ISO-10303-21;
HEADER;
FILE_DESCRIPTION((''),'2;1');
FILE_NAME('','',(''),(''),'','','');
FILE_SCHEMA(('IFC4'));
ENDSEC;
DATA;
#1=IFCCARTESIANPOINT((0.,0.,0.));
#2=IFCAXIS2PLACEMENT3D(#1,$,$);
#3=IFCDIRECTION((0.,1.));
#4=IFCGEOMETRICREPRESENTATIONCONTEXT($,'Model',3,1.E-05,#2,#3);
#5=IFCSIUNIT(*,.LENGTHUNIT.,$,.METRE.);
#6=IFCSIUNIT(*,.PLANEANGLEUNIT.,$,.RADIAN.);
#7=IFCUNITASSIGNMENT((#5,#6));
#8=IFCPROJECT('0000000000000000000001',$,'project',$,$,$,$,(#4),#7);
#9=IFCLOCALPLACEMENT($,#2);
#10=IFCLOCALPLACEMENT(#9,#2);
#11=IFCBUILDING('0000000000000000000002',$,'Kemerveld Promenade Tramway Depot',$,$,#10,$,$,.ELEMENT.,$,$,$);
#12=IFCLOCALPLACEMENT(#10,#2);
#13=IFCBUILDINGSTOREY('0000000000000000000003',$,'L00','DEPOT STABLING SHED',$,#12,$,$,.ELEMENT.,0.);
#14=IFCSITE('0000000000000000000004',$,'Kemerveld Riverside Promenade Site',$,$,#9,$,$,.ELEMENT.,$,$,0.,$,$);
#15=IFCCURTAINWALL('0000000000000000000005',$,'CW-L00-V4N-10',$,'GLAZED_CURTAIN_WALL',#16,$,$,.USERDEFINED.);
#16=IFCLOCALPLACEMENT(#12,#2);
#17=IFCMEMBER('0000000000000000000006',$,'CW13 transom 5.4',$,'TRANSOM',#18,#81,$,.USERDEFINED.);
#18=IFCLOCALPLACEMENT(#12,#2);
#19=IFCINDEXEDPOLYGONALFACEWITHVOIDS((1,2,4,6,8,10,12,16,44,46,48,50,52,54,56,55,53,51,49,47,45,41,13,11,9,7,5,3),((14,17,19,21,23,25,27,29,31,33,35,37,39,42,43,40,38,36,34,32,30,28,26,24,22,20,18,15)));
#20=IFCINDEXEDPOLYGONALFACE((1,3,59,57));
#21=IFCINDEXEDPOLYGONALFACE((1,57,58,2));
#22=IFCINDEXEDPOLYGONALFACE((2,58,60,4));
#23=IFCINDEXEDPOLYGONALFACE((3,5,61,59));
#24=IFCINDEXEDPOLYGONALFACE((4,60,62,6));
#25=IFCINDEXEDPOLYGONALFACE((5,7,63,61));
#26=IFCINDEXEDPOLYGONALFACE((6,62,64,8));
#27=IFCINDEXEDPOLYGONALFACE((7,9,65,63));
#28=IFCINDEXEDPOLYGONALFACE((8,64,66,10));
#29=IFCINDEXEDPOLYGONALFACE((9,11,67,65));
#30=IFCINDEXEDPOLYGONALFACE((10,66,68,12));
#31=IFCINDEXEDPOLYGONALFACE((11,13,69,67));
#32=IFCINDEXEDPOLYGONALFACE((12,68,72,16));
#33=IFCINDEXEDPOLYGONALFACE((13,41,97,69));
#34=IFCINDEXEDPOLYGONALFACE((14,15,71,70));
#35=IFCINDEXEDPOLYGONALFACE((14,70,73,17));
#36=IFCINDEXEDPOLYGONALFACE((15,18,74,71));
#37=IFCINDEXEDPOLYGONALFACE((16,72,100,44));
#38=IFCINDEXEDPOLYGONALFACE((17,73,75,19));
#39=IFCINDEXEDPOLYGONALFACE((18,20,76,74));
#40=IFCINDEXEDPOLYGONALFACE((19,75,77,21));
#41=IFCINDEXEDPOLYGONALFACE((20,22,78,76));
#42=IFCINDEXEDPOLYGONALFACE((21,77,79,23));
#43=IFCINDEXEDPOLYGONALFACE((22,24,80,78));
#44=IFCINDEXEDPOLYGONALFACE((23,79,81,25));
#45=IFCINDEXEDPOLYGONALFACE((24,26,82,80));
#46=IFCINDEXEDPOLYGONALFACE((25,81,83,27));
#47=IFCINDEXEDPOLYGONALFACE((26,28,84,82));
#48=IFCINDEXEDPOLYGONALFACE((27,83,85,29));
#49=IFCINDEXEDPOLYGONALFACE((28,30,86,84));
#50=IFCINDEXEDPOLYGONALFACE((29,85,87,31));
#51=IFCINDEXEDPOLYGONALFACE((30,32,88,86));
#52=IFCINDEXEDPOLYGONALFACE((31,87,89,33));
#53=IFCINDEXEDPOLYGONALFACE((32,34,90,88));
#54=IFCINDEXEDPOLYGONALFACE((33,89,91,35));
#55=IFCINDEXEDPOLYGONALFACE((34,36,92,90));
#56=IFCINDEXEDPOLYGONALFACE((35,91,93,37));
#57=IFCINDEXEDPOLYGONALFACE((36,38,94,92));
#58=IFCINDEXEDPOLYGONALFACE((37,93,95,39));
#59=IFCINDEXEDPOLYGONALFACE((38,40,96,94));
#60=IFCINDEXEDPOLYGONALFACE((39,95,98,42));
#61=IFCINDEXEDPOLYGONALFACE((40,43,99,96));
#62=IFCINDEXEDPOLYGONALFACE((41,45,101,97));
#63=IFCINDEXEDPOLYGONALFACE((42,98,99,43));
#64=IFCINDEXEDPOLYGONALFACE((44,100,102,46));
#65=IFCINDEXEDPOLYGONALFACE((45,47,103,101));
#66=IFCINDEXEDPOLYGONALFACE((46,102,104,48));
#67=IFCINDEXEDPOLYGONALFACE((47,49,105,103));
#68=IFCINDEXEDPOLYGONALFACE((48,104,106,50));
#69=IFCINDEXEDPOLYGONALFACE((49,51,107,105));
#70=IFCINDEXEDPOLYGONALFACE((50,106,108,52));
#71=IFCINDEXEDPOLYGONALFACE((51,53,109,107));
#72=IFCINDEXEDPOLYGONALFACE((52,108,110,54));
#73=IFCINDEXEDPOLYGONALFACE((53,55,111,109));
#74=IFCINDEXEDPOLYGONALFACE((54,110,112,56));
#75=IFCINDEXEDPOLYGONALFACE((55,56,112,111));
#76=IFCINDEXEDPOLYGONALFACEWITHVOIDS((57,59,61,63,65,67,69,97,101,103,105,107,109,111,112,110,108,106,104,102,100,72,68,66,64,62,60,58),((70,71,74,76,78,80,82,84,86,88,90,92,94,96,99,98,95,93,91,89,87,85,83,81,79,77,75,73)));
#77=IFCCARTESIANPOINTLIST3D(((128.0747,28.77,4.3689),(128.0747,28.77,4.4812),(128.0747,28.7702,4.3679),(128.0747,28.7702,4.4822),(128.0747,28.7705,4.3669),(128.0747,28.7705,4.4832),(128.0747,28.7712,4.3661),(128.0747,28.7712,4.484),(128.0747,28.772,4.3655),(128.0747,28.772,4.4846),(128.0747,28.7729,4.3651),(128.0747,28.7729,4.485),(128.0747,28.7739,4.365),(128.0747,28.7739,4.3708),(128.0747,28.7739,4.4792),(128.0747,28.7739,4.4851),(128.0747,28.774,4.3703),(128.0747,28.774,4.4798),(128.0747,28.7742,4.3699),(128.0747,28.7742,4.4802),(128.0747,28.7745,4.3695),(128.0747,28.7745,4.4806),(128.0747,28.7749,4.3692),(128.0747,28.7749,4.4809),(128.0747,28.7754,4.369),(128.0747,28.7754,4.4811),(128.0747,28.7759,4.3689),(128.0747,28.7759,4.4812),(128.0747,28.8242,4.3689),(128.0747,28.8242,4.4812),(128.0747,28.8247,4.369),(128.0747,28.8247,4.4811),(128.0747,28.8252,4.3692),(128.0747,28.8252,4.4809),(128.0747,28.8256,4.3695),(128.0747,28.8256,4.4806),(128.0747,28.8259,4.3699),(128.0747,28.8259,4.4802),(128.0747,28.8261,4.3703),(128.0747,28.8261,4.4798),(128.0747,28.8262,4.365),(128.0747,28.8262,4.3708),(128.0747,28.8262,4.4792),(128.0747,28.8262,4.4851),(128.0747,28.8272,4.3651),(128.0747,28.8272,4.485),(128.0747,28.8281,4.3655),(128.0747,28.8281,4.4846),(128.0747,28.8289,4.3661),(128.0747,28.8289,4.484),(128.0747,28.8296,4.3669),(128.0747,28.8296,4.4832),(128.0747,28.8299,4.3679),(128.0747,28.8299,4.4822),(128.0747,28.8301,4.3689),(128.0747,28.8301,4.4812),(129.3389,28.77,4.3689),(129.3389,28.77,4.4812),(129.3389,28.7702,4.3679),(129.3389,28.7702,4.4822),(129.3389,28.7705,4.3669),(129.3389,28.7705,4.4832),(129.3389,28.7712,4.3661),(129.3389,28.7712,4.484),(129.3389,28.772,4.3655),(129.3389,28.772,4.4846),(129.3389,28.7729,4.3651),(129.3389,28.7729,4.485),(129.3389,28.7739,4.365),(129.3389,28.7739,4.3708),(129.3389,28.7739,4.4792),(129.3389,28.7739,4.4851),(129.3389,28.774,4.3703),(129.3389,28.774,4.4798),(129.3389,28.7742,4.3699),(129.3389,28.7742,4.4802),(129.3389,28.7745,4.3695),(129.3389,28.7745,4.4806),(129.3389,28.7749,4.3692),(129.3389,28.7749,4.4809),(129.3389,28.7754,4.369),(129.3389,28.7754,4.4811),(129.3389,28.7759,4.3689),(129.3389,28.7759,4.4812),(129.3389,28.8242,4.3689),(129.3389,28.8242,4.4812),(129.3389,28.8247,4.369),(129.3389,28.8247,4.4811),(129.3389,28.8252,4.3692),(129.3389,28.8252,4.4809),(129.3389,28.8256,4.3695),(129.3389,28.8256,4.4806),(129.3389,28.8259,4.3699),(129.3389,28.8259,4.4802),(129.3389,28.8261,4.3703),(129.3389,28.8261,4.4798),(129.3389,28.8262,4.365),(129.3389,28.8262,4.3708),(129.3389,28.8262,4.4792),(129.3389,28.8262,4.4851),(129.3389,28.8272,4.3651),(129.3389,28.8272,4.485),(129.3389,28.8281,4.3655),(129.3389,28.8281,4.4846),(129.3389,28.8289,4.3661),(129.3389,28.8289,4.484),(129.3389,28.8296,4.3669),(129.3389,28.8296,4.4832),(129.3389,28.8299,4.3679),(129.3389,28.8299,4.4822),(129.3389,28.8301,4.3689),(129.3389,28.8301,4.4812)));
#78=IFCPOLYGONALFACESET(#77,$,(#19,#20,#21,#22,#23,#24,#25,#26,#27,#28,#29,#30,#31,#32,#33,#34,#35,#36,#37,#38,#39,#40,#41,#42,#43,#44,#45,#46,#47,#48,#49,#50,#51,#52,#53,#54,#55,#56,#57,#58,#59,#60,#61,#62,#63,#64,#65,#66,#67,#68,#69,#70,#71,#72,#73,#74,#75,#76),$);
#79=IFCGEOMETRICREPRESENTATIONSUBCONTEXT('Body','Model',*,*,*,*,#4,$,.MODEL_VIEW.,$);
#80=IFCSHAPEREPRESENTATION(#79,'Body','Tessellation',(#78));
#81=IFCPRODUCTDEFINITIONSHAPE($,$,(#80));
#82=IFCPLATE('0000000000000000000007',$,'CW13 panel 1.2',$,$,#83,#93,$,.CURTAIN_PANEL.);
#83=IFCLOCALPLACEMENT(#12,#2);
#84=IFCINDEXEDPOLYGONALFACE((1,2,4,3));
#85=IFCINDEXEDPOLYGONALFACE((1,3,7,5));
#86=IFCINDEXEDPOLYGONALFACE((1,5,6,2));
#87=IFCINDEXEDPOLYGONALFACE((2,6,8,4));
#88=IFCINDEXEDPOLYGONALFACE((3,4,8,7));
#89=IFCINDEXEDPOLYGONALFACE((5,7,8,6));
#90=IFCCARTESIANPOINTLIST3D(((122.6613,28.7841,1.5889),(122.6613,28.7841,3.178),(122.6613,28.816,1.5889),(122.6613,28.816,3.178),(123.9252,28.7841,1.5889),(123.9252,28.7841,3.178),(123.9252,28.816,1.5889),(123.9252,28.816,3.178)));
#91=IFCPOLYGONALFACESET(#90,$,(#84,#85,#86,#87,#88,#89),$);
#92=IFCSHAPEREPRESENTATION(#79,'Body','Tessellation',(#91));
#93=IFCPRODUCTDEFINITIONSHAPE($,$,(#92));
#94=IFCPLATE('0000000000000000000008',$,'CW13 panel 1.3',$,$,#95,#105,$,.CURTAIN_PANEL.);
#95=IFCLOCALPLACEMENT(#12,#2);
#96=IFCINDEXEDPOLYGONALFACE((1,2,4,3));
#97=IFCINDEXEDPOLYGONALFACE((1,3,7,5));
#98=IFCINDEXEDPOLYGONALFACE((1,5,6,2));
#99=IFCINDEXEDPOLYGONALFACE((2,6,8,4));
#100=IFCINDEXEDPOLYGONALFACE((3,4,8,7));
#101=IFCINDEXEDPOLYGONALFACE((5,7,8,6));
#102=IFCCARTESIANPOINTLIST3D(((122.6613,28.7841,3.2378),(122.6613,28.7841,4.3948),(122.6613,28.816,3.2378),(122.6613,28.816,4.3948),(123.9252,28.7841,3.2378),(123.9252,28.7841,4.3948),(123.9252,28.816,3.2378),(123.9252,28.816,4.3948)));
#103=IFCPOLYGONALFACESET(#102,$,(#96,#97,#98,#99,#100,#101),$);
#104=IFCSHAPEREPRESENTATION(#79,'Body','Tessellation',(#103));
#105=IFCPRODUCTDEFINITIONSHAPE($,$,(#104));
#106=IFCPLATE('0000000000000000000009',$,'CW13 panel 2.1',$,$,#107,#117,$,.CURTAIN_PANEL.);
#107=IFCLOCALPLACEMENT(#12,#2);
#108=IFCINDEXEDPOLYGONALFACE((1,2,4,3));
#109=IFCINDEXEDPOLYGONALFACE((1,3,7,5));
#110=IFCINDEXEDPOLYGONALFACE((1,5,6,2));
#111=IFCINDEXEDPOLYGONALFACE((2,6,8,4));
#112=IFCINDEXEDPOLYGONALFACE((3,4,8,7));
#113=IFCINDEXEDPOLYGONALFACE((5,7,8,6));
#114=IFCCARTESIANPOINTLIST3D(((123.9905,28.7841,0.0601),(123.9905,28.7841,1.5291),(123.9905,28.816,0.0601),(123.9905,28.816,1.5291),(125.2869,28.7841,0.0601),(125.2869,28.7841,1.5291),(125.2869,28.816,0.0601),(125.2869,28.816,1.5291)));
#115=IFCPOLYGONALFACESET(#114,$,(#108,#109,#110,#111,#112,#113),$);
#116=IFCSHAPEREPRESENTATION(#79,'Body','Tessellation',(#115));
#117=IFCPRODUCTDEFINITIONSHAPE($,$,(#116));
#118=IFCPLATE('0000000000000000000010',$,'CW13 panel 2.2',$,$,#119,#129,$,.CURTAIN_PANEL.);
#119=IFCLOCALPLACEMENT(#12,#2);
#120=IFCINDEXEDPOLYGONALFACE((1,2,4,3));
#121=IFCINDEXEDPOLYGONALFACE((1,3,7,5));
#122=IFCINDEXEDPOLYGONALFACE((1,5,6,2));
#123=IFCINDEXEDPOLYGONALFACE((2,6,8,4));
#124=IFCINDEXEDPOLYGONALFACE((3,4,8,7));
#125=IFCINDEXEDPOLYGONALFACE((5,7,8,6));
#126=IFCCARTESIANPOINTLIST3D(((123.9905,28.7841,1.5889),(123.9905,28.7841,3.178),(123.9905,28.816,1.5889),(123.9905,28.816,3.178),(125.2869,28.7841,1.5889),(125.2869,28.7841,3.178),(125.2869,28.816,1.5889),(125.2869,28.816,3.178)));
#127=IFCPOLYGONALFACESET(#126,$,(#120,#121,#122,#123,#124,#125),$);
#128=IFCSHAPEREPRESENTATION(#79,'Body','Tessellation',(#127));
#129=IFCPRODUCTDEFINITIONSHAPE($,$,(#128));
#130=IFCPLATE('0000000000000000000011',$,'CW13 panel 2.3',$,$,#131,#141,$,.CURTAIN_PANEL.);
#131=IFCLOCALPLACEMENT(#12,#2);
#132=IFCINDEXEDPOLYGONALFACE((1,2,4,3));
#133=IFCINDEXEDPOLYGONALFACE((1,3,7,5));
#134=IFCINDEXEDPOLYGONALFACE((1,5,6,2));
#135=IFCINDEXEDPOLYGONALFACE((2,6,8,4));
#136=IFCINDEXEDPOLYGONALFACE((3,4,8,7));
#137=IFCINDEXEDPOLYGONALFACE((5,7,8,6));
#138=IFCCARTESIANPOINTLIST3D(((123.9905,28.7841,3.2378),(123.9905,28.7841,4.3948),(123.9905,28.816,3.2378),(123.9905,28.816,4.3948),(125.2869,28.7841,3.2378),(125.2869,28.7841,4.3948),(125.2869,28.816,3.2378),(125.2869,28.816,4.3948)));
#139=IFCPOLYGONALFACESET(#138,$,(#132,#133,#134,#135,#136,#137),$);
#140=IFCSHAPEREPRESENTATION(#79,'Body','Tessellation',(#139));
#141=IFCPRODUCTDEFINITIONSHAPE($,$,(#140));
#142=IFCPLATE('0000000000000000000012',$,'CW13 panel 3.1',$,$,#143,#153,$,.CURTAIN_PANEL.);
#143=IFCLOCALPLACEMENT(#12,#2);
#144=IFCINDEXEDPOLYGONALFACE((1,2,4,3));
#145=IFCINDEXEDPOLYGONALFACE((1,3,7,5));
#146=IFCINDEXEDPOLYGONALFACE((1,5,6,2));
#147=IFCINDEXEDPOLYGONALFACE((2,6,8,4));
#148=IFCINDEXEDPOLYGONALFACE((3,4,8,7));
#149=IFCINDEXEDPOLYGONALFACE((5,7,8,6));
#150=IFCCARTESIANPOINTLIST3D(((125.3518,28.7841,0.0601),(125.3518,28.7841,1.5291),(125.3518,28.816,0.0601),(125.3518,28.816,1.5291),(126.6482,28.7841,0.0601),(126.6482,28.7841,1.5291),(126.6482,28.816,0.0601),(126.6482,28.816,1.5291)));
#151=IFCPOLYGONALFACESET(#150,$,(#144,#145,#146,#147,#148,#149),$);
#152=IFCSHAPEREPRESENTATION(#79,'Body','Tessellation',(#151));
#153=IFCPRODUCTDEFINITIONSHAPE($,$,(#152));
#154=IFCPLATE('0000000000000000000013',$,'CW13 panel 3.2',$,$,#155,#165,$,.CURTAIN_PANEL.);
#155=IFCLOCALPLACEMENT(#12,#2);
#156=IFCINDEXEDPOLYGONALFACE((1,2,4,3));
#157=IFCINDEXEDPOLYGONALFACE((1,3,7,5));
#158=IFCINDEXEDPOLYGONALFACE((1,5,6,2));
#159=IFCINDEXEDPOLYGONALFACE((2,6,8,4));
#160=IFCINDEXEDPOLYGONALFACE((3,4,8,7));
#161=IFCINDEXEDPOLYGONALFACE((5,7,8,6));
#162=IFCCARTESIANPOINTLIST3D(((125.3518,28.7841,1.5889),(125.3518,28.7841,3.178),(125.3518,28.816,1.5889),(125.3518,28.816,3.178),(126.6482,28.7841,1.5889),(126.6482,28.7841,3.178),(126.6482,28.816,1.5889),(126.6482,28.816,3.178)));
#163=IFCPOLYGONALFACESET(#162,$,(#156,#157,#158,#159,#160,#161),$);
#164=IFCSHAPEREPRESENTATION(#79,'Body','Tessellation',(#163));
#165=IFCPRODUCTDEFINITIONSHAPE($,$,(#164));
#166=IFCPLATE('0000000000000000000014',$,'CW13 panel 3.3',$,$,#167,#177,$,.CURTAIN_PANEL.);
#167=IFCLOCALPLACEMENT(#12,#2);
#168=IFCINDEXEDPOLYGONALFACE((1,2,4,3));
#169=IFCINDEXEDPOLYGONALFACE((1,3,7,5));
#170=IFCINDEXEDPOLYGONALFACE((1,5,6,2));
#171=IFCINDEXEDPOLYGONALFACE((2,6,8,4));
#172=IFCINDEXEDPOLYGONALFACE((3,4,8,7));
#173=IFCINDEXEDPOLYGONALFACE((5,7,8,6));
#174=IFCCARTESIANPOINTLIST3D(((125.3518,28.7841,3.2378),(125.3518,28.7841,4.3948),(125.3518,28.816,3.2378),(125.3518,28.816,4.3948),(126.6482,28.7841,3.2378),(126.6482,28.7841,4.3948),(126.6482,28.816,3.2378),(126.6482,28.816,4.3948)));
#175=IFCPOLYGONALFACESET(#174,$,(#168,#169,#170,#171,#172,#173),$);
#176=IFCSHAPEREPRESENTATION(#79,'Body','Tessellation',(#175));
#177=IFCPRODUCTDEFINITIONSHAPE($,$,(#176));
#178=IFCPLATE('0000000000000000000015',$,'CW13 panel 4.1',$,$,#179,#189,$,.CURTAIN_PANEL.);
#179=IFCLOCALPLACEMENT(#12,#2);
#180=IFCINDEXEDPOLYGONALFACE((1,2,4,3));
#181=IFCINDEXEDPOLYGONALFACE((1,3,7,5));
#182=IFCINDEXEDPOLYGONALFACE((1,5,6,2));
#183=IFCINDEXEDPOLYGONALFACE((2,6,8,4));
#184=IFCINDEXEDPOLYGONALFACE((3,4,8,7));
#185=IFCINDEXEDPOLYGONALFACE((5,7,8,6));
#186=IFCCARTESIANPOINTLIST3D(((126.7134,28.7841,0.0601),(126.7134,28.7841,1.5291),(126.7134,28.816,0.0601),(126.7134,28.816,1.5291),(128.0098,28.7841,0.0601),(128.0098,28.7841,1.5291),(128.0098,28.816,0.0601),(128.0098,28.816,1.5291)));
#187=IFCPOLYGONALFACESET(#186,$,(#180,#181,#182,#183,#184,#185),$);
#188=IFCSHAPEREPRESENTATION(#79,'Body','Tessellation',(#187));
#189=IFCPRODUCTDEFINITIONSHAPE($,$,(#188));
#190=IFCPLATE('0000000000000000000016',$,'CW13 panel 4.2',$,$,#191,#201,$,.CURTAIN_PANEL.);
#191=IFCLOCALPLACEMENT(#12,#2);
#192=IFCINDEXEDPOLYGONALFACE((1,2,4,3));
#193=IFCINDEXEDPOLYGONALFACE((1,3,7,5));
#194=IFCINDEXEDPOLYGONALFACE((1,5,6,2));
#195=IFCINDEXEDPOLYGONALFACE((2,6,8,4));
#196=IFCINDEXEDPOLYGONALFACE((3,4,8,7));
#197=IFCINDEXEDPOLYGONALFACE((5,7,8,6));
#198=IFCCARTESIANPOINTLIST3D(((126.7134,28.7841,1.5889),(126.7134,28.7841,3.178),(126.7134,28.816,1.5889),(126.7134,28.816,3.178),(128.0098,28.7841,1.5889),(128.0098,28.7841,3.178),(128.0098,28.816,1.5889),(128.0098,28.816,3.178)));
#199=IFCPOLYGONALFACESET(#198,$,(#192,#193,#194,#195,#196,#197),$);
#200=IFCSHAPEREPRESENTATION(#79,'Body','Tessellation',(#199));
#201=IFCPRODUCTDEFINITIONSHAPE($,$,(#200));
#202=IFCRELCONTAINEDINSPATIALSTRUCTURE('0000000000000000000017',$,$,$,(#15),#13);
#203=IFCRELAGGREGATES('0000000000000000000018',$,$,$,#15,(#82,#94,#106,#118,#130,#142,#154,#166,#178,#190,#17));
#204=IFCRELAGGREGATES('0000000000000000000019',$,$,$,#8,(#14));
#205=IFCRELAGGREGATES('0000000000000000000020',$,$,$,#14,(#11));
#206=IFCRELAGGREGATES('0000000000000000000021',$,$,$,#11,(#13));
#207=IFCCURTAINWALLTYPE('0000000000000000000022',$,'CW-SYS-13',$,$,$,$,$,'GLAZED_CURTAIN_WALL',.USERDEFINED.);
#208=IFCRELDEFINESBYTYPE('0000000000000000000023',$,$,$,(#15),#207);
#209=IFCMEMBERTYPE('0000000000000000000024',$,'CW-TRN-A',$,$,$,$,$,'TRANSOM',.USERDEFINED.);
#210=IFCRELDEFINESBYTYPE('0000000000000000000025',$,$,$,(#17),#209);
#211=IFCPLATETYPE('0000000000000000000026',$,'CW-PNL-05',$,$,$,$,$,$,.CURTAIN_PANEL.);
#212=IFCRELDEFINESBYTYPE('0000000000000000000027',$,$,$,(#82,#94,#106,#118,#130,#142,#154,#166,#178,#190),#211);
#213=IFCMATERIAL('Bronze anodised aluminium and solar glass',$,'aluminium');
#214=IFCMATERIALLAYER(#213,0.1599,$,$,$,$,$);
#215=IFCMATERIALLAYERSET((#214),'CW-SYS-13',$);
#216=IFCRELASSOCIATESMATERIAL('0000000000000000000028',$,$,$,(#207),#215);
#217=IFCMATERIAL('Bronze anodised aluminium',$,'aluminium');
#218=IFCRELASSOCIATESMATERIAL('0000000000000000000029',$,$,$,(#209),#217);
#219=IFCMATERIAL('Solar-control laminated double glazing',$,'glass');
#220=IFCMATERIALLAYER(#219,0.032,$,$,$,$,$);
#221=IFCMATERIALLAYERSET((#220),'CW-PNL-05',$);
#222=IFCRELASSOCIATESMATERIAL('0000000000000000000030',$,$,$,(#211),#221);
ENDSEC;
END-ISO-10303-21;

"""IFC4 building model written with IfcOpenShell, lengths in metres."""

from ifc_helpers import new_model, si_unit, direction, frame, origin, origin_2d, place, context, subcontext, project, spatial, rectangle, hollow_rectangle, extrude, material, layer, layer_set, material_profile, profile_set, type_object, element, aggregate, save


model = new_model("IFC4")

# Units and contexts
model_context = context("Model", 3, precision=1e-05, world=origin(), true_north=direction((0.0, 1.0)))
body_context = subcontext(model_context, "Body", "Model", "MODEL_VIEW")
ifc_project = project(units=[si_unit("LENGTHUNIT", "METRE"), si_unit("PLANEANGLEUNIT", "RADIAN")], contexts=[model_context])

# Site, building, storey
site_placement = place(None, origin())
site = spatial("IfcSite", under=ifc_project, at=site_placement, Name="Kemerveld Riverside Promenade Site", CompositionType="ELEMENT", RefElevation=0.0)
building_placement = place(site_placement, origin())
building = spatial("IfcBuilding", under=site, at=building_placement, Name="Kemerveld Promenade Tramway Depot", CompositionType="ELEMENT")
storey_placement = place(building_placement, origin())
storey = spatial("IfcBuildingStorey", under=building, at=storey_placement, Name="L00", Description="DEPOT STABLING SHED", CompositionType="ELEMENT", Elevation=0.0)

# Curtain wall, member, plates
ifc_material_1 = material(Name="Bronze anodised aluminium and solar glass", Category="aluminium")
ifc_layer_1 = layer(ifc_material_1, 0.1599)
ifc_layer_set_1 = layer_set([ifc_layer_1], Name="CW-SYS-13")
curtain_wall_type = type_object("IfcCurtainWallType", Name="CW-SYS-13", ElementType="GLAZED_CURTAIN_WALL", PredefinedType="USERDEFINED", material=ifc_layer_set_1)
curtain_wall_placement = place(storey_placement, origin())
curtain_wall = element("IfcCurtainWall", 1, at=curtain_wall_placement, inside=storey, type_object=curtain_wall_type, Name="CW-L00-V4N-10", ObjectType="GLAZED_CURTAIN_WALL", PredefinedType="USERDEFINED")
ifc_material_2 = material(Name="Bronze anodised aluminium", Category="aluminium")
ifc_material_profile_1 = material_profile(ifc_material_2, hollow_rectangle(XDim=0.0601, YDim=0.1201, WallThickness=0.0039, InnerFilletRadius=0.002, OuterFilletRadius=0.0039, at=origin_2d()), Name="CW-TRN-120x60")
ifc_profile_set_1 = profile_set([ifc_material_profile_1], Name="Bronze anodised aluminium")
member_type_1 = type_object("IfcMemberType", Name="CW-TRN-A", ElementType="TRANSOM", PredefinedType="USERDEFINED", material=ifc_profile_set_1)
member_1_placement = place(storey_placement, frame((128.0747, 28.8, 4.425), z_axis=(1.0, 0.0, 0.0), x_axis=(0.0, 1.0, 0.0)))
member_1 = element("IfcMember", 2, at=member_1_placement, type_object=member_type_1, Name="CW13 transom 5.4", ObjectType="TRANSOM", PredefinedType="USERDEFINED", context=body_context, shape_type="SweptSolid", body=[
    extrude(hollow_rectangle(XDim=0.0601, YDim=0.1201, WallThickness=0.0039, InnerFilletRadius=0.002, OuterFilletRadius=0.0039, at=origin_2d()), origin(), (0.0, 0.0, 1.0), 1.2642),
])
ifc_material_3 = material(Name="Solar-control laminated double glazing", Category="glass")
ifc_layer_2 = layer(ifc_material_3, 0.032)
ifc_layer_set_2 = layer_set([ifc_layer_2], Name="CW-PNL-05")
plate_type = type_object("IfcPlateType", Name="CW-PNL-05", PredefinedType="CURTAIN_PANEL", material=ifc_layer_set_2)
plate_1_placement = place(storey_placement, frame((123.2932, 28.8, 1.5889), z_axis=(0.0, 0.0, 1.0), x_axis=(1.0, 0.0, 0.0)))
plate_1 = element("IfcPlate", 3, at=plate_1_placement, type_object=plate_type, Name="CW13 panel 1.2", PredefinedType="CURTAIN_PANEL", context=body_context, shape_type="SweptSolid", body=[
    extrude(rectangle(XDim=1.2639, YDim=0.032, at=origin_2d()), origin(), (0.0, 0.0, 1.0), 1.5891),
])
plate_2_placement = place(storey_placement, frame((123.2932, 28.8, 3.2378), z_axis=(0.0, 0.0, 1.0), x_axis=(1.0, 0.0, 0.0)))
plate_2 = element("IfcPlate", 4, at=plate_2_placement, type_object=plate_type, Name="CW13 panel 1.3", PredefinedType="CURTAIN_PANEL", context=body_context, shape_type="SweptSolid", body=[
    extrude(rectangle(XDim=1.2639, YDim=0.032, at=origin_2d()), origin(), (0.0, 0.0, 1.0), 1.157),
])
plate_3_placement = place(storey_placement, frame((124.6387, 28.8, 0.0601), z_axis=(0.0, 0.0, 1.0), x_axis=(1.0, 0.0, 0.0)))
plate_3 = element("IfcPlate", 5, at=plate_3_placement, type_object=plate_type, Name="CW13 panel 2.1", PredefinedType="CURTAIN_PANEL", context=body_context, shape_type="SweptSolid", body=[
    extrude(rectangle(XDim=1.2964, YDim=0.032, at=origin_2d()), origin(), (0.0, 0.0, 1.0), 1.469),
])
plate_4_placement = place(storey_placement, frame((124.6387, 28.8, 1.5889), z_axis=(0.0, 0.0, 1.0), x_axis=(1.0, 0.0, 0.0)))
plate_4 = element("IfcPlate", 6, at=plate_4_placement, type_object=plate_type, Name="CW13 panel 2.2", PredefinedType="CURTAIN_PANEL", context=body_context, shape_type="SweptSolid", body=[
    extrude(rectangle(XDim=1.2964, YDim=0.032, at=origin_2d()), origin(), (0.0, 0.0, 1.0), 1.5891),
])
plate_5_placement = place(storey_placement, frame((124.6387, 28.8, 3.2378), z_axis=(0.0, 0.0, 1.0), x_axis=(1.0, 0.0, 0.0)))
plate_5 = element("IfcPlate", 7, at=plate_5_placement, type_object=plate_type, Name="CW13 panel 2.3", PredefinedType="CURTAIN_PANEL", context=body_context, shape_type="SweptSolid", body=[
    extrude(rectangle(XDim=1.2964, YDim=0.032, at=origin_2d()), origin(), (0.0, 0.0, 1.0), 1.157),
])
plate_6_placement = place(storey_placement, frame((126.0, 28.8, 0.0601), z_axis=(0.0, 0.0, 1.0), x_axis=(1.0, 0.0, 0.0)))
plate_6 = element("IfcPlate", 8, at=plate_6_placement, type_object=plate_type, Name="CW13 panel 3.1", PredefinedType="CURTAIN_PANEL", context=body_context, shape_type="SweptSolid", body=[
    extrude(rectangle(XDim=1.2964, YDim=0.032, at=origin_2d()), origin(), (0.0, 0.0, 1.0), 1.469),
])
plate_7_placement = place(storey_placement, frame((126.0, 28.8, 1.5889), z_axis=(0.0, 0.0, 1.0), x_axis=(1.0, 0.0, 0.0)))
plate_7 = element("IfcPlate", 9, at=plate_7_placement, type_object=plate_type, Name="CW13 panel 3.2", PredefinedType="CURTAIN_PANEL", context=body_context, shape_type="SweptSolid", body=[
    extrude(rectangle(XDim=1.2964, YDim=0.032, at=origin_2d()), origin(), (0.0, 0.0, 1.0), 1.5891),
])
plate_8_placement = place(storey_placement, frame((126.0, 28.8, 3.2378), z_axis=(0.0, 0.0, 1.0), x_axis=(1.0, 0.0, 0.0)))
plate_8 = element("IfcPlate", 10, at=plate_8_placement, type_object=plate_type, Name="CW13 panel 3.3", PredefinedType="CURTAIN_PANEL", context=body_context, shape_type="SweptSolid", body=[
    extrude(rectangle(XDim=1.2964, YDim=0.032, at=origin_2d()), origin(), (0.0, 0.0, 1.0), 1.157),
])
plate_9_placement = place(storey_placement, frame((127.3616, 28.8, 0.0601), z_axis=(0.0, 0.0, 1.0), x_axis=(1.0, 0.0, 0.0)))
plate_9 = element("IfcPlate", 11, at=plate_9_placement, type_object=plate_type, Name="CW13 panel 4.1", PredefinedType="CURTAIN_PANEL", context=body_context, shape_type="SweptSolid", body=[
    extrude(rectangle(XDim=1.2964, YDim=0.032, at=origin_2d()), origin(), (0.0, 0.0, 1.0), 1.469),
])
plate_10_placement = place(storey_placement, frame((127.3616, 28.8, 1.5889), z_axis=(0.0, 0.0, 1.0), x_axis=(1.0, 0.0, 0.0)))
plate_10 = element("IfcPlate", 12, at=plate_10_placement, type_object=plate_type, Name="CW13 panel 4.2", PredefinedType="CURTAIN_PANEL", context=body_context, shape_type="SweptSolid", body=[
    extrude(rectangle(XDim=1.2964, YDim=0.032, at=origin_2d()), origin(), (0.0, 0.0, 1.0), 1.5891),
])
aggregate(curtain_wall, [plate_1, plate_2, plate_3, plate_4, plate_5, plate_6, plate_7, plate_8, plate_9, plate_10, member_1])

save(model, "model.ifc")
